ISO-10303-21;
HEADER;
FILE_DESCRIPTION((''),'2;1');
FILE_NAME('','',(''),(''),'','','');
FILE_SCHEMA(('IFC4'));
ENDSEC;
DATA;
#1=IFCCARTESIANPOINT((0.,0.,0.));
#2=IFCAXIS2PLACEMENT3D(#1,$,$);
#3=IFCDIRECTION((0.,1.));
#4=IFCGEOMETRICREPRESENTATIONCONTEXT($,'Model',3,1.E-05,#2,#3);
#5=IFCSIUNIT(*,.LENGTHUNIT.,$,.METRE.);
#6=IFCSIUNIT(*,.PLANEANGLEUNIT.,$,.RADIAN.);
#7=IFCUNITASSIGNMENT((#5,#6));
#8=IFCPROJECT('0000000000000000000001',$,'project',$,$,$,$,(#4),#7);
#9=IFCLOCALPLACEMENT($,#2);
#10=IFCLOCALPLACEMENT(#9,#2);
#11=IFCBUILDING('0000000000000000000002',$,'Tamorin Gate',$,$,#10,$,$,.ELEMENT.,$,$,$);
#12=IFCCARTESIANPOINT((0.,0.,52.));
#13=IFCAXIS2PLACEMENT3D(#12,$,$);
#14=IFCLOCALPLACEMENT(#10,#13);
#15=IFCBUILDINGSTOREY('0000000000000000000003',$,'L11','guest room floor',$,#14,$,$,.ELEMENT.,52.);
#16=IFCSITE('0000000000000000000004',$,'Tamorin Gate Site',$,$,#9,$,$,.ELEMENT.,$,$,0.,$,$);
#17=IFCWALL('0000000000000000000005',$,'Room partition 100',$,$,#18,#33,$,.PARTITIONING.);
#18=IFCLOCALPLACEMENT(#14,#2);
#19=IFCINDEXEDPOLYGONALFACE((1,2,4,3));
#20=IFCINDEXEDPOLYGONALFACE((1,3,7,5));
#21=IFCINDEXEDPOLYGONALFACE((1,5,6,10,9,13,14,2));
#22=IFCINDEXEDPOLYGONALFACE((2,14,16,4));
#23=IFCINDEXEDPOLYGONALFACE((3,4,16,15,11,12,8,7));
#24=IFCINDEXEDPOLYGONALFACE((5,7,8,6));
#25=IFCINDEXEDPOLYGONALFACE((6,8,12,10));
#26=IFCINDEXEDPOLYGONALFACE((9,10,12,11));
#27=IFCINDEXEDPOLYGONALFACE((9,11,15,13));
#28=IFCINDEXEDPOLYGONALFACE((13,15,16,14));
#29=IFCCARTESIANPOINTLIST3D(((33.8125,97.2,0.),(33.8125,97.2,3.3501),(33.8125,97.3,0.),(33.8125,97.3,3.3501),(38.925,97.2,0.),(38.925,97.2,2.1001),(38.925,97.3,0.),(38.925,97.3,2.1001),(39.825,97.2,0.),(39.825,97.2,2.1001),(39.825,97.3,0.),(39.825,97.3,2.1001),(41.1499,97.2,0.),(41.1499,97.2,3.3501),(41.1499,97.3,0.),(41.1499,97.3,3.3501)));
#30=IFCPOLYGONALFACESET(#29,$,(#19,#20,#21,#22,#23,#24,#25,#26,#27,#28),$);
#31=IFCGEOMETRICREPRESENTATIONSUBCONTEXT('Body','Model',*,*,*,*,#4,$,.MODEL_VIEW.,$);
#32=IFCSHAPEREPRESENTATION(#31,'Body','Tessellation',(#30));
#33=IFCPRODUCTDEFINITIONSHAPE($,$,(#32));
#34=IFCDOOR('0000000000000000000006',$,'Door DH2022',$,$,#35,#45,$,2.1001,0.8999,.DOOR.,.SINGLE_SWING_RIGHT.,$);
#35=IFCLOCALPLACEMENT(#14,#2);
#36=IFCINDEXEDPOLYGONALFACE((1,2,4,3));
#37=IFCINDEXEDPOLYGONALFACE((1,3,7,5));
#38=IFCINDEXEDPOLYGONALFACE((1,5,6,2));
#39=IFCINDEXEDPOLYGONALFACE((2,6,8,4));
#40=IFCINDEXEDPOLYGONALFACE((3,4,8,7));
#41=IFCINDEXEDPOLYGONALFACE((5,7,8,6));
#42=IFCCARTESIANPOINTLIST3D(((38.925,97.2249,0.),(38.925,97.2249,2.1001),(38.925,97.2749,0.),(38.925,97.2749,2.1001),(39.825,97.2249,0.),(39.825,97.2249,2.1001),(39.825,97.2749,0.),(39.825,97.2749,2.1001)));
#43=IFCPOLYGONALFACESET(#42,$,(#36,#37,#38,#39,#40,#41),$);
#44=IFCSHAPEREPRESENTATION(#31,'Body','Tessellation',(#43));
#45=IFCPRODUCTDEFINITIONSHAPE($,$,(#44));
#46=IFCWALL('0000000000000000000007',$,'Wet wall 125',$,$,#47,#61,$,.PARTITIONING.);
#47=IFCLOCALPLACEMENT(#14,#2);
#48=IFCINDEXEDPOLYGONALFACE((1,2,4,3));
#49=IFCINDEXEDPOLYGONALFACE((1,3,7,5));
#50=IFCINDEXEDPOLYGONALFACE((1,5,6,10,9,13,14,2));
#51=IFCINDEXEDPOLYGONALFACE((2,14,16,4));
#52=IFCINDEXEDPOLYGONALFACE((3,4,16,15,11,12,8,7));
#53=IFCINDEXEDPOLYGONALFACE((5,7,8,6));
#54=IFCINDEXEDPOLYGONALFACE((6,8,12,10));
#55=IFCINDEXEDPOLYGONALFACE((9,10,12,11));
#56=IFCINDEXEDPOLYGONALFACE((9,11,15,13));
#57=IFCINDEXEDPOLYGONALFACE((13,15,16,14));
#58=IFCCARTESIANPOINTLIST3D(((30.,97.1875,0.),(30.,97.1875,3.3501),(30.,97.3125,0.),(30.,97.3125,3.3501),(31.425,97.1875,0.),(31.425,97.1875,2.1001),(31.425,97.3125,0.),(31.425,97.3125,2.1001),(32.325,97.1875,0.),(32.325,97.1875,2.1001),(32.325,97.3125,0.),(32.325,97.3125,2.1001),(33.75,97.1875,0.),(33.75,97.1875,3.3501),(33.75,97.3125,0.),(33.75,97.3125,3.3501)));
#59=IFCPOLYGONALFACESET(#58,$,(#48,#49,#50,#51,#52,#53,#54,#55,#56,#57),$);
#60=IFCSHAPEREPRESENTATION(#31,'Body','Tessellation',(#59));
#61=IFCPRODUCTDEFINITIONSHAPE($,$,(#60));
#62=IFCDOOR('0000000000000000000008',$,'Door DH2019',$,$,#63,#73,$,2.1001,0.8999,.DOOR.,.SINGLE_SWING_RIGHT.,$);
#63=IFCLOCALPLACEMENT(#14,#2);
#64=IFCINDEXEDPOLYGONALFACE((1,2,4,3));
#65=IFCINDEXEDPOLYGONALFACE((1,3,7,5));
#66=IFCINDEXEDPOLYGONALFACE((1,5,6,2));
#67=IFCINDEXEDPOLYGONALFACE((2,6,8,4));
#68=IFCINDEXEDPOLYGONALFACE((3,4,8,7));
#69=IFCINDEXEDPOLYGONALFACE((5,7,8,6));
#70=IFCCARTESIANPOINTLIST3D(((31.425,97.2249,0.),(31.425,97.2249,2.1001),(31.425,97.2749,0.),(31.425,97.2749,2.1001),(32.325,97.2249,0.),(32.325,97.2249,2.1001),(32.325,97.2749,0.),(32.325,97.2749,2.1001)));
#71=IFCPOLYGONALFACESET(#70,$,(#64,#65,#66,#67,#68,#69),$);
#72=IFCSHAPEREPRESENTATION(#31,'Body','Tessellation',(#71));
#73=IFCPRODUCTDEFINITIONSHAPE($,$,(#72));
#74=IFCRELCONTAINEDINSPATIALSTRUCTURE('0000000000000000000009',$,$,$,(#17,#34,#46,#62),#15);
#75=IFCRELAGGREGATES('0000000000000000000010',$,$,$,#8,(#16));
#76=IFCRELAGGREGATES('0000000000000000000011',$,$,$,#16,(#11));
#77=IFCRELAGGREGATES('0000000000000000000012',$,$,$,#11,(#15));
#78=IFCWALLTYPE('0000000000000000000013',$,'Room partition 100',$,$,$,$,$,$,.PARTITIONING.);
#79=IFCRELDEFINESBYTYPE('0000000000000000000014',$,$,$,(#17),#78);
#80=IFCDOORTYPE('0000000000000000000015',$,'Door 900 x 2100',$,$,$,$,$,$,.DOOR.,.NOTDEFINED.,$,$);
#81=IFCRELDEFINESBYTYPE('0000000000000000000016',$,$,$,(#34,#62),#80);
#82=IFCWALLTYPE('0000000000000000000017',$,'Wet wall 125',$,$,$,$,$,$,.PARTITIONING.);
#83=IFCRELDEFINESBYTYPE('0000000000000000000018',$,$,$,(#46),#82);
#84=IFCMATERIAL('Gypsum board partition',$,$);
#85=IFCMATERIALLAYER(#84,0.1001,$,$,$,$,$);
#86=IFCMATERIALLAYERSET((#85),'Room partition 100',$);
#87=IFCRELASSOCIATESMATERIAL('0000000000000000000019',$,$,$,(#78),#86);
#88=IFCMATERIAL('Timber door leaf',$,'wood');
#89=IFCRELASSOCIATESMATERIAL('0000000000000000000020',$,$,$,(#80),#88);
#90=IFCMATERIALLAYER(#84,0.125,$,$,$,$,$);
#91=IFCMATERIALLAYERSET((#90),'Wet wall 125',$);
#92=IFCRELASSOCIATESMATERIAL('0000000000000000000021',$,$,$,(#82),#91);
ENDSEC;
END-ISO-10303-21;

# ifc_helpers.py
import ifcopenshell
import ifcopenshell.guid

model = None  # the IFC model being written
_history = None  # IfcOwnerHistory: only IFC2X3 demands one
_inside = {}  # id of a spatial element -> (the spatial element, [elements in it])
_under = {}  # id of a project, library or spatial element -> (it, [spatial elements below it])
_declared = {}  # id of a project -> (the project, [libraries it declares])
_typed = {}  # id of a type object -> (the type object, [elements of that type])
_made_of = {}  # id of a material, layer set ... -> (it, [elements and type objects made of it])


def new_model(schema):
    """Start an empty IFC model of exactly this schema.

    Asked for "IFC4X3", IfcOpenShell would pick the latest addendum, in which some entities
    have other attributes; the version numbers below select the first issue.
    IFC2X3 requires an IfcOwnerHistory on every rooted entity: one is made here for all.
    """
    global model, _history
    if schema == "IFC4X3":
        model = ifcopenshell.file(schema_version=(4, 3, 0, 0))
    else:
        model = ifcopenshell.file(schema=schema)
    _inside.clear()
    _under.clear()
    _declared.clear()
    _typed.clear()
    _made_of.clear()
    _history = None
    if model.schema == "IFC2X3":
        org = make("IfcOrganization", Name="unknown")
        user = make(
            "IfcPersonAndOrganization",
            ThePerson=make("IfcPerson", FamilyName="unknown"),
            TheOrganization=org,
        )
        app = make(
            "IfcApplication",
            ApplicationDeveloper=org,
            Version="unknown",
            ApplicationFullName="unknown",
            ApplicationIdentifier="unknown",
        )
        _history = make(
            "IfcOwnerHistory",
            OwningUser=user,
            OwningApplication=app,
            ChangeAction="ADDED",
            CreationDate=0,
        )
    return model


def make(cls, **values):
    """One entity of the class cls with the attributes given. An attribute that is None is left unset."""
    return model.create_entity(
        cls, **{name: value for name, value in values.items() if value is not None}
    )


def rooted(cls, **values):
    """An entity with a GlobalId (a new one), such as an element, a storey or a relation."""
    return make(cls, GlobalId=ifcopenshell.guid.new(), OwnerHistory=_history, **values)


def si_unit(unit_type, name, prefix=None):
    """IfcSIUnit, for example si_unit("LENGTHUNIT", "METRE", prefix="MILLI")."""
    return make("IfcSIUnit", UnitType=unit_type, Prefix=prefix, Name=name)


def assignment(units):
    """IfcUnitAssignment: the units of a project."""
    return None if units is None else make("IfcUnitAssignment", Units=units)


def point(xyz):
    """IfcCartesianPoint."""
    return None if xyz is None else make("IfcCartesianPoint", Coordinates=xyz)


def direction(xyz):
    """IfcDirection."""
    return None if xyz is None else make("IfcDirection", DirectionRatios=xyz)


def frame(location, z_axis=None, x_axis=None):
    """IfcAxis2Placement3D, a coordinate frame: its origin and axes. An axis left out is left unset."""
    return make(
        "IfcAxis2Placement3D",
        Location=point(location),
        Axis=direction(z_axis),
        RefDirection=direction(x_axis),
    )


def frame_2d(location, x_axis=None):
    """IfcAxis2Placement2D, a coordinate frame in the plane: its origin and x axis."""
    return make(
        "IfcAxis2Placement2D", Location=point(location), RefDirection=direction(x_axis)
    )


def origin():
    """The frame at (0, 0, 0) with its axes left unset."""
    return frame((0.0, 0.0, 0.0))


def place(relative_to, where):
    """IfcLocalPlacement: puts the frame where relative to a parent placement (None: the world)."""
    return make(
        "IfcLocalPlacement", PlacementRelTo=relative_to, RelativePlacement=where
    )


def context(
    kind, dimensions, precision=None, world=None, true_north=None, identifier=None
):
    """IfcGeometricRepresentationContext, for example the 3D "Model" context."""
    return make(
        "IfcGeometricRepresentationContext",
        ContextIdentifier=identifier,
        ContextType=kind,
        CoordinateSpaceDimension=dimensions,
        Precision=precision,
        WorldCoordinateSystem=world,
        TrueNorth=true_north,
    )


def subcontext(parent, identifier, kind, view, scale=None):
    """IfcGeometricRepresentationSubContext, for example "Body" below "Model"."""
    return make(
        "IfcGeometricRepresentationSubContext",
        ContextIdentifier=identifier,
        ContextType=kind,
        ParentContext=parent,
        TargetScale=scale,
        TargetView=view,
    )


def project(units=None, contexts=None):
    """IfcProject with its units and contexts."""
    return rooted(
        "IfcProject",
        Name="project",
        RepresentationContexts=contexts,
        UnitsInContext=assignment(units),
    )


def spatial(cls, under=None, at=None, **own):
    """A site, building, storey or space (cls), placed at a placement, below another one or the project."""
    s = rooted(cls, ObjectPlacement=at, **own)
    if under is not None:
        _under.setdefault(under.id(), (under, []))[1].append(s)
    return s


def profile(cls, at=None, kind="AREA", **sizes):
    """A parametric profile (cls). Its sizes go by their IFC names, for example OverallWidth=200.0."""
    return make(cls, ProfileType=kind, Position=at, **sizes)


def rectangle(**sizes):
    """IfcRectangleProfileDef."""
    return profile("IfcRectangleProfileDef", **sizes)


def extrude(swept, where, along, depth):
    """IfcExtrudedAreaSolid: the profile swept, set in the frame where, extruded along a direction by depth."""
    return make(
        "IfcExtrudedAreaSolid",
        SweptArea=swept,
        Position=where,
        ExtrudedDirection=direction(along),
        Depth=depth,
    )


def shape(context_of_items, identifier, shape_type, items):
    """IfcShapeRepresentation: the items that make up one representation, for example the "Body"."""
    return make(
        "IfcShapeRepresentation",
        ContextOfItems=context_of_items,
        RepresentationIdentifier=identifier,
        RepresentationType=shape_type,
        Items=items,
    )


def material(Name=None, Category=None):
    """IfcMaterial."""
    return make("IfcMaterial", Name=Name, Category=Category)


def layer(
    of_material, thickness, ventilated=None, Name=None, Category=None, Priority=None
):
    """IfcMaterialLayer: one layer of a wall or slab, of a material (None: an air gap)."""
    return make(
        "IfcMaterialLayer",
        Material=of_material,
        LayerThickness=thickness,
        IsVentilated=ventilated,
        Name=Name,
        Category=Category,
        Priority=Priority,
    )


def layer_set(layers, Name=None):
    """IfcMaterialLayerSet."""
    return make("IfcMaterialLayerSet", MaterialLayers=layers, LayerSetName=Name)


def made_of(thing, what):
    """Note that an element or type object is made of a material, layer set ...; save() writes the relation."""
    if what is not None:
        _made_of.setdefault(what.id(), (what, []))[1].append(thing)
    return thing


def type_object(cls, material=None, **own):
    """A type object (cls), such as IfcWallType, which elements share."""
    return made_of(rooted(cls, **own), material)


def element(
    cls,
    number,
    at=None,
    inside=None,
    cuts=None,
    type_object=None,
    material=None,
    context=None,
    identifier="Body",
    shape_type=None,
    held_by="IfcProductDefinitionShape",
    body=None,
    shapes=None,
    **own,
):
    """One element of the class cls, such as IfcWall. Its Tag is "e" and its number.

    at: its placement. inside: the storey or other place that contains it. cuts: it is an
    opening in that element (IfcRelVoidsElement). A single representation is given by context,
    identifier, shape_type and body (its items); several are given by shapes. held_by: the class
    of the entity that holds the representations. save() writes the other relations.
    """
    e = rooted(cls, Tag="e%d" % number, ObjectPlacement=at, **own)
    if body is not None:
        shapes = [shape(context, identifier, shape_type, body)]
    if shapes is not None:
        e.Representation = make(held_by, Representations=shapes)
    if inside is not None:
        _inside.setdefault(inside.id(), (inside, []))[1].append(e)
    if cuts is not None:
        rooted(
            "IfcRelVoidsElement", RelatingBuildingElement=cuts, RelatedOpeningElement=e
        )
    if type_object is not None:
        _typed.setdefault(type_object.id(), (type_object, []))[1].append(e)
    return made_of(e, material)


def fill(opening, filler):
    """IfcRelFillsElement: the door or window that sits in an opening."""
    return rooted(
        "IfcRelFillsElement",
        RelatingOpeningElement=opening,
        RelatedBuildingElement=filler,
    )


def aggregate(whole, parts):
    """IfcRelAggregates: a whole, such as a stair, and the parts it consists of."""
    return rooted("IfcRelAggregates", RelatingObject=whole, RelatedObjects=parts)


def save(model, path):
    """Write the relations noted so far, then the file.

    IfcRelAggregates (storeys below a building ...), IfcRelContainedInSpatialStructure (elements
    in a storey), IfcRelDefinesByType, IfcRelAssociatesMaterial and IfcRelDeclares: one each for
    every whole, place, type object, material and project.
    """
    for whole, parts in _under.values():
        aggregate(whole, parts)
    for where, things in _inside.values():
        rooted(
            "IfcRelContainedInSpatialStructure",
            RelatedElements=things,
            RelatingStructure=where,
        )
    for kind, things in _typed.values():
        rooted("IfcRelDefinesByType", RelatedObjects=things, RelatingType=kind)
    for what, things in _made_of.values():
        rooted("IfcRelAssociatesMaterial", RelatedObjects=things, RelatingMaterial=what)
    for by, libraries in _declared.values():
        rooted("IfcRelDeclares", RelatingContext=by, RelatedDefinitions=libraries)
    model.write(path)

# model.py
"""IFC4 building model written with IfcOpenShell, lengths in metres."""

from ifc_helpers import new_model, si_unit, direction, frame, frame_2d, origin, place, context, subcontext, project, spatial, rectangle, extrude, material, layer, layer_set, type_object, element, fill, save


model = new_model("IFC4")

# Units and contexts
model_context = context("Model", 3, precision=1e-05, world=origin(), true_north=direction((0.0, 1.0)))
body_context = subcontext(model_context, "Body", "Model", "MODEL_VIEW")
ifc_project = project(units=[si_unit("LENGTHUNIT", "METRE"), si_unit("PLANEANGLEUNIT", "RADIAN")], contexts=[model_context])

# Site, building, storey
site_placement = place(None, origin())
site = spatial("IfcSite", under=ifc_project, at=site_placement, Name="Tamorin Gate Site", CompositionType="ELEMENT", RefElevation=0.0)
building_placement = place(site_placement, origin())
building = spatial("IfcBuilding", under=site, at=building_placement, Name="Tamorin Gate", CompositionType="ELEMENT")
storey_placement = place(building_placement, frame((0.0, 0.0, 52.0)))
storey = spatial("IfcBuildingStorey", under=building, at=storey_placement, Name="L11", Description="guest room floor", CompositionType="ELEMENT", Elevation=52.0)

# Walls, openings, doors
ifc_material_1 = material(Name="Gypsum board partition")
ifc_layer_1 = layer(ifc_material_1, 0.1001)
ifc_layer_set_1 = layer_set([ifc_layer_1], Name="Room partition 100")
wall_type_1 = type_object("IfcWallType", Name="Room partition 100", PredefinedType="PARTITIONING", material=ifc_layer_set_1)
wall_1_placement = place(storey_placement, frame((33.8125, 97.25, 0.0), z_axis=(0.0, 0.0, 1.0), x_axis=(1.0, 0.0, 0.0)))
wall_1 = element("IfcWall", 1, at=wall_1_placement, inside=storey, type_object=wall_type_1, Name="Room partition 100", PredefinedType="PARTITIONING", context=body_context, shape_type="SweptSolid", body=[
    extrude(rectangle(XDim=7.3374, YDim=0.1001, at=frame_2d((3.6687, 0.0))), origin(), (0.0, 0.0, 1.0), 3.3501),
])
opening_1_placement = place(wall_1_placement, frame((5.1125, 0.0, 0.0)))
opening_1 = element("IfcOpeningElement", 2, at=opening_1_placement, cuts=wall_1, PredefinedType="OPENING", context=body_context, shape_type="SweptSolid", body=[
    extrude(rectangle(XDim=0.8999, YDim=2.1001, at=frame_2d((0.45, 1.05))), frame((0.0, 0.0601, 0.0), z_axis=(0.0, -1.0, 0.0), x_axis=(1.0, 0.0, 0.0)), (0.0, 0.0, 1.0), 0.1201),
])
ifc_material_2 = material(Name="Timber door leaf", Category="wood")
door_type = type_object("IfcDoorType", Name="Door 900 x 2100", OperationType="NOTDEFINED", PredefinedType="DOOR", material=ifc_material_2)
door_1_placement = place(opening_1_placement, origin())
door_1 = element("IfcDoor", 3, at=door_1_placement, inside=storey, type_object=door_type, Name="Door DH2022", OperationType="SINGLE_SWING_RIGHT", OverallHeight=2.1001, OverallWidth=0.8999, PredefinedType="DOOR", context=body_context, shape_type="SweptSolid", body=[
    extrude(rectangle(XDim=0.8999, YDim=2.1001, at=frame_2d((0.45, 1.05))), frame((0.0, 0.0249, 0.0), z_axis=(0.0, -1.0, 0.0), x_axis=(1.0, 0.0, 0.0)), (0.0, 0.0, 1.0), 0.05),
])
fill(opening_1, door_1)
ifc_layer_2 = layer(ifc_material_1, 0.125)
ifc_layer_set_2 = layer_set([ifc_layer_2], Name="Wet wall 125")
wall_type_2 = type_object("IfcWallType", Name="Wet wall 125", PredefinedType="PARTITIONING", material=ifc_layer_set_2)
wall_2_placement = place(storey_placement, frame((30.0, 97.25, 0.0), z_axis=(0.0, 0.0, 1.0), x_axis=(1.0, 0.0, 0.0)))
wall_2 = element("IfcWall", 4, at=wall_2_placement, inside=storey, type_object=wall_type_2, Name="Wet wall 125", PredefinedType="PARTITIONING", context=body_context, shape_type="SweptSolid", body=[
    extrude(rectangle(XDim=3.75, YDim=0.125, at=frame_2d((1.875, 0.0))), origin(), (0.0, 0.0, 1.0), 3.3501),
])
opening_2_placement = place(wall_2_placement, frame((1.425, 0.0, 0.0)))
opening_2 = element("IfcOpeningElement", 5, at=opening_2_placement, cuts=wall_2, PredefinedType="OPENING", context=body_context, shape_type="SweptSolid", body=[
    extrude(rectangle(XDim=0.8999, YDim=2.1001, at=frame_2d((0.45, 1.05))), frame((0.0, 0.0725, 0.0), z_axis=(0.0, -1.0, 0.0), x_axis=(1.0, 0.0, 0.0)), (0.0, 0.0, 1.0), 0.145),
])
door_2_placement = place(opening_2_placement, origin())
door_2 = element("IfcDoor", 6, at=door_2_placement, inside=storey, type_object=door_type, Name="Door DH2019", OperationType="SINGLE_SWING_RIGHT", OverallHeight=2.1001, OverallWidth=0.8999, PredefinedType="DOOR", context=body_context, shape_type="SweptSolid", body=[
    extrude(rectangle(XDim=0.8999, YDim=2.1001, at=frame_2d((0.45, 1.05))), frame((0.0, 0.0249, 0.0), z_axis=(0.0, -1.0, 0.0), x_axis=(1.0, 0.0, 0.0)), (0.0, 0.0, 1.0), 0.05),
])
fill(opening_2, door_2)

save(model, "model.ifc")
